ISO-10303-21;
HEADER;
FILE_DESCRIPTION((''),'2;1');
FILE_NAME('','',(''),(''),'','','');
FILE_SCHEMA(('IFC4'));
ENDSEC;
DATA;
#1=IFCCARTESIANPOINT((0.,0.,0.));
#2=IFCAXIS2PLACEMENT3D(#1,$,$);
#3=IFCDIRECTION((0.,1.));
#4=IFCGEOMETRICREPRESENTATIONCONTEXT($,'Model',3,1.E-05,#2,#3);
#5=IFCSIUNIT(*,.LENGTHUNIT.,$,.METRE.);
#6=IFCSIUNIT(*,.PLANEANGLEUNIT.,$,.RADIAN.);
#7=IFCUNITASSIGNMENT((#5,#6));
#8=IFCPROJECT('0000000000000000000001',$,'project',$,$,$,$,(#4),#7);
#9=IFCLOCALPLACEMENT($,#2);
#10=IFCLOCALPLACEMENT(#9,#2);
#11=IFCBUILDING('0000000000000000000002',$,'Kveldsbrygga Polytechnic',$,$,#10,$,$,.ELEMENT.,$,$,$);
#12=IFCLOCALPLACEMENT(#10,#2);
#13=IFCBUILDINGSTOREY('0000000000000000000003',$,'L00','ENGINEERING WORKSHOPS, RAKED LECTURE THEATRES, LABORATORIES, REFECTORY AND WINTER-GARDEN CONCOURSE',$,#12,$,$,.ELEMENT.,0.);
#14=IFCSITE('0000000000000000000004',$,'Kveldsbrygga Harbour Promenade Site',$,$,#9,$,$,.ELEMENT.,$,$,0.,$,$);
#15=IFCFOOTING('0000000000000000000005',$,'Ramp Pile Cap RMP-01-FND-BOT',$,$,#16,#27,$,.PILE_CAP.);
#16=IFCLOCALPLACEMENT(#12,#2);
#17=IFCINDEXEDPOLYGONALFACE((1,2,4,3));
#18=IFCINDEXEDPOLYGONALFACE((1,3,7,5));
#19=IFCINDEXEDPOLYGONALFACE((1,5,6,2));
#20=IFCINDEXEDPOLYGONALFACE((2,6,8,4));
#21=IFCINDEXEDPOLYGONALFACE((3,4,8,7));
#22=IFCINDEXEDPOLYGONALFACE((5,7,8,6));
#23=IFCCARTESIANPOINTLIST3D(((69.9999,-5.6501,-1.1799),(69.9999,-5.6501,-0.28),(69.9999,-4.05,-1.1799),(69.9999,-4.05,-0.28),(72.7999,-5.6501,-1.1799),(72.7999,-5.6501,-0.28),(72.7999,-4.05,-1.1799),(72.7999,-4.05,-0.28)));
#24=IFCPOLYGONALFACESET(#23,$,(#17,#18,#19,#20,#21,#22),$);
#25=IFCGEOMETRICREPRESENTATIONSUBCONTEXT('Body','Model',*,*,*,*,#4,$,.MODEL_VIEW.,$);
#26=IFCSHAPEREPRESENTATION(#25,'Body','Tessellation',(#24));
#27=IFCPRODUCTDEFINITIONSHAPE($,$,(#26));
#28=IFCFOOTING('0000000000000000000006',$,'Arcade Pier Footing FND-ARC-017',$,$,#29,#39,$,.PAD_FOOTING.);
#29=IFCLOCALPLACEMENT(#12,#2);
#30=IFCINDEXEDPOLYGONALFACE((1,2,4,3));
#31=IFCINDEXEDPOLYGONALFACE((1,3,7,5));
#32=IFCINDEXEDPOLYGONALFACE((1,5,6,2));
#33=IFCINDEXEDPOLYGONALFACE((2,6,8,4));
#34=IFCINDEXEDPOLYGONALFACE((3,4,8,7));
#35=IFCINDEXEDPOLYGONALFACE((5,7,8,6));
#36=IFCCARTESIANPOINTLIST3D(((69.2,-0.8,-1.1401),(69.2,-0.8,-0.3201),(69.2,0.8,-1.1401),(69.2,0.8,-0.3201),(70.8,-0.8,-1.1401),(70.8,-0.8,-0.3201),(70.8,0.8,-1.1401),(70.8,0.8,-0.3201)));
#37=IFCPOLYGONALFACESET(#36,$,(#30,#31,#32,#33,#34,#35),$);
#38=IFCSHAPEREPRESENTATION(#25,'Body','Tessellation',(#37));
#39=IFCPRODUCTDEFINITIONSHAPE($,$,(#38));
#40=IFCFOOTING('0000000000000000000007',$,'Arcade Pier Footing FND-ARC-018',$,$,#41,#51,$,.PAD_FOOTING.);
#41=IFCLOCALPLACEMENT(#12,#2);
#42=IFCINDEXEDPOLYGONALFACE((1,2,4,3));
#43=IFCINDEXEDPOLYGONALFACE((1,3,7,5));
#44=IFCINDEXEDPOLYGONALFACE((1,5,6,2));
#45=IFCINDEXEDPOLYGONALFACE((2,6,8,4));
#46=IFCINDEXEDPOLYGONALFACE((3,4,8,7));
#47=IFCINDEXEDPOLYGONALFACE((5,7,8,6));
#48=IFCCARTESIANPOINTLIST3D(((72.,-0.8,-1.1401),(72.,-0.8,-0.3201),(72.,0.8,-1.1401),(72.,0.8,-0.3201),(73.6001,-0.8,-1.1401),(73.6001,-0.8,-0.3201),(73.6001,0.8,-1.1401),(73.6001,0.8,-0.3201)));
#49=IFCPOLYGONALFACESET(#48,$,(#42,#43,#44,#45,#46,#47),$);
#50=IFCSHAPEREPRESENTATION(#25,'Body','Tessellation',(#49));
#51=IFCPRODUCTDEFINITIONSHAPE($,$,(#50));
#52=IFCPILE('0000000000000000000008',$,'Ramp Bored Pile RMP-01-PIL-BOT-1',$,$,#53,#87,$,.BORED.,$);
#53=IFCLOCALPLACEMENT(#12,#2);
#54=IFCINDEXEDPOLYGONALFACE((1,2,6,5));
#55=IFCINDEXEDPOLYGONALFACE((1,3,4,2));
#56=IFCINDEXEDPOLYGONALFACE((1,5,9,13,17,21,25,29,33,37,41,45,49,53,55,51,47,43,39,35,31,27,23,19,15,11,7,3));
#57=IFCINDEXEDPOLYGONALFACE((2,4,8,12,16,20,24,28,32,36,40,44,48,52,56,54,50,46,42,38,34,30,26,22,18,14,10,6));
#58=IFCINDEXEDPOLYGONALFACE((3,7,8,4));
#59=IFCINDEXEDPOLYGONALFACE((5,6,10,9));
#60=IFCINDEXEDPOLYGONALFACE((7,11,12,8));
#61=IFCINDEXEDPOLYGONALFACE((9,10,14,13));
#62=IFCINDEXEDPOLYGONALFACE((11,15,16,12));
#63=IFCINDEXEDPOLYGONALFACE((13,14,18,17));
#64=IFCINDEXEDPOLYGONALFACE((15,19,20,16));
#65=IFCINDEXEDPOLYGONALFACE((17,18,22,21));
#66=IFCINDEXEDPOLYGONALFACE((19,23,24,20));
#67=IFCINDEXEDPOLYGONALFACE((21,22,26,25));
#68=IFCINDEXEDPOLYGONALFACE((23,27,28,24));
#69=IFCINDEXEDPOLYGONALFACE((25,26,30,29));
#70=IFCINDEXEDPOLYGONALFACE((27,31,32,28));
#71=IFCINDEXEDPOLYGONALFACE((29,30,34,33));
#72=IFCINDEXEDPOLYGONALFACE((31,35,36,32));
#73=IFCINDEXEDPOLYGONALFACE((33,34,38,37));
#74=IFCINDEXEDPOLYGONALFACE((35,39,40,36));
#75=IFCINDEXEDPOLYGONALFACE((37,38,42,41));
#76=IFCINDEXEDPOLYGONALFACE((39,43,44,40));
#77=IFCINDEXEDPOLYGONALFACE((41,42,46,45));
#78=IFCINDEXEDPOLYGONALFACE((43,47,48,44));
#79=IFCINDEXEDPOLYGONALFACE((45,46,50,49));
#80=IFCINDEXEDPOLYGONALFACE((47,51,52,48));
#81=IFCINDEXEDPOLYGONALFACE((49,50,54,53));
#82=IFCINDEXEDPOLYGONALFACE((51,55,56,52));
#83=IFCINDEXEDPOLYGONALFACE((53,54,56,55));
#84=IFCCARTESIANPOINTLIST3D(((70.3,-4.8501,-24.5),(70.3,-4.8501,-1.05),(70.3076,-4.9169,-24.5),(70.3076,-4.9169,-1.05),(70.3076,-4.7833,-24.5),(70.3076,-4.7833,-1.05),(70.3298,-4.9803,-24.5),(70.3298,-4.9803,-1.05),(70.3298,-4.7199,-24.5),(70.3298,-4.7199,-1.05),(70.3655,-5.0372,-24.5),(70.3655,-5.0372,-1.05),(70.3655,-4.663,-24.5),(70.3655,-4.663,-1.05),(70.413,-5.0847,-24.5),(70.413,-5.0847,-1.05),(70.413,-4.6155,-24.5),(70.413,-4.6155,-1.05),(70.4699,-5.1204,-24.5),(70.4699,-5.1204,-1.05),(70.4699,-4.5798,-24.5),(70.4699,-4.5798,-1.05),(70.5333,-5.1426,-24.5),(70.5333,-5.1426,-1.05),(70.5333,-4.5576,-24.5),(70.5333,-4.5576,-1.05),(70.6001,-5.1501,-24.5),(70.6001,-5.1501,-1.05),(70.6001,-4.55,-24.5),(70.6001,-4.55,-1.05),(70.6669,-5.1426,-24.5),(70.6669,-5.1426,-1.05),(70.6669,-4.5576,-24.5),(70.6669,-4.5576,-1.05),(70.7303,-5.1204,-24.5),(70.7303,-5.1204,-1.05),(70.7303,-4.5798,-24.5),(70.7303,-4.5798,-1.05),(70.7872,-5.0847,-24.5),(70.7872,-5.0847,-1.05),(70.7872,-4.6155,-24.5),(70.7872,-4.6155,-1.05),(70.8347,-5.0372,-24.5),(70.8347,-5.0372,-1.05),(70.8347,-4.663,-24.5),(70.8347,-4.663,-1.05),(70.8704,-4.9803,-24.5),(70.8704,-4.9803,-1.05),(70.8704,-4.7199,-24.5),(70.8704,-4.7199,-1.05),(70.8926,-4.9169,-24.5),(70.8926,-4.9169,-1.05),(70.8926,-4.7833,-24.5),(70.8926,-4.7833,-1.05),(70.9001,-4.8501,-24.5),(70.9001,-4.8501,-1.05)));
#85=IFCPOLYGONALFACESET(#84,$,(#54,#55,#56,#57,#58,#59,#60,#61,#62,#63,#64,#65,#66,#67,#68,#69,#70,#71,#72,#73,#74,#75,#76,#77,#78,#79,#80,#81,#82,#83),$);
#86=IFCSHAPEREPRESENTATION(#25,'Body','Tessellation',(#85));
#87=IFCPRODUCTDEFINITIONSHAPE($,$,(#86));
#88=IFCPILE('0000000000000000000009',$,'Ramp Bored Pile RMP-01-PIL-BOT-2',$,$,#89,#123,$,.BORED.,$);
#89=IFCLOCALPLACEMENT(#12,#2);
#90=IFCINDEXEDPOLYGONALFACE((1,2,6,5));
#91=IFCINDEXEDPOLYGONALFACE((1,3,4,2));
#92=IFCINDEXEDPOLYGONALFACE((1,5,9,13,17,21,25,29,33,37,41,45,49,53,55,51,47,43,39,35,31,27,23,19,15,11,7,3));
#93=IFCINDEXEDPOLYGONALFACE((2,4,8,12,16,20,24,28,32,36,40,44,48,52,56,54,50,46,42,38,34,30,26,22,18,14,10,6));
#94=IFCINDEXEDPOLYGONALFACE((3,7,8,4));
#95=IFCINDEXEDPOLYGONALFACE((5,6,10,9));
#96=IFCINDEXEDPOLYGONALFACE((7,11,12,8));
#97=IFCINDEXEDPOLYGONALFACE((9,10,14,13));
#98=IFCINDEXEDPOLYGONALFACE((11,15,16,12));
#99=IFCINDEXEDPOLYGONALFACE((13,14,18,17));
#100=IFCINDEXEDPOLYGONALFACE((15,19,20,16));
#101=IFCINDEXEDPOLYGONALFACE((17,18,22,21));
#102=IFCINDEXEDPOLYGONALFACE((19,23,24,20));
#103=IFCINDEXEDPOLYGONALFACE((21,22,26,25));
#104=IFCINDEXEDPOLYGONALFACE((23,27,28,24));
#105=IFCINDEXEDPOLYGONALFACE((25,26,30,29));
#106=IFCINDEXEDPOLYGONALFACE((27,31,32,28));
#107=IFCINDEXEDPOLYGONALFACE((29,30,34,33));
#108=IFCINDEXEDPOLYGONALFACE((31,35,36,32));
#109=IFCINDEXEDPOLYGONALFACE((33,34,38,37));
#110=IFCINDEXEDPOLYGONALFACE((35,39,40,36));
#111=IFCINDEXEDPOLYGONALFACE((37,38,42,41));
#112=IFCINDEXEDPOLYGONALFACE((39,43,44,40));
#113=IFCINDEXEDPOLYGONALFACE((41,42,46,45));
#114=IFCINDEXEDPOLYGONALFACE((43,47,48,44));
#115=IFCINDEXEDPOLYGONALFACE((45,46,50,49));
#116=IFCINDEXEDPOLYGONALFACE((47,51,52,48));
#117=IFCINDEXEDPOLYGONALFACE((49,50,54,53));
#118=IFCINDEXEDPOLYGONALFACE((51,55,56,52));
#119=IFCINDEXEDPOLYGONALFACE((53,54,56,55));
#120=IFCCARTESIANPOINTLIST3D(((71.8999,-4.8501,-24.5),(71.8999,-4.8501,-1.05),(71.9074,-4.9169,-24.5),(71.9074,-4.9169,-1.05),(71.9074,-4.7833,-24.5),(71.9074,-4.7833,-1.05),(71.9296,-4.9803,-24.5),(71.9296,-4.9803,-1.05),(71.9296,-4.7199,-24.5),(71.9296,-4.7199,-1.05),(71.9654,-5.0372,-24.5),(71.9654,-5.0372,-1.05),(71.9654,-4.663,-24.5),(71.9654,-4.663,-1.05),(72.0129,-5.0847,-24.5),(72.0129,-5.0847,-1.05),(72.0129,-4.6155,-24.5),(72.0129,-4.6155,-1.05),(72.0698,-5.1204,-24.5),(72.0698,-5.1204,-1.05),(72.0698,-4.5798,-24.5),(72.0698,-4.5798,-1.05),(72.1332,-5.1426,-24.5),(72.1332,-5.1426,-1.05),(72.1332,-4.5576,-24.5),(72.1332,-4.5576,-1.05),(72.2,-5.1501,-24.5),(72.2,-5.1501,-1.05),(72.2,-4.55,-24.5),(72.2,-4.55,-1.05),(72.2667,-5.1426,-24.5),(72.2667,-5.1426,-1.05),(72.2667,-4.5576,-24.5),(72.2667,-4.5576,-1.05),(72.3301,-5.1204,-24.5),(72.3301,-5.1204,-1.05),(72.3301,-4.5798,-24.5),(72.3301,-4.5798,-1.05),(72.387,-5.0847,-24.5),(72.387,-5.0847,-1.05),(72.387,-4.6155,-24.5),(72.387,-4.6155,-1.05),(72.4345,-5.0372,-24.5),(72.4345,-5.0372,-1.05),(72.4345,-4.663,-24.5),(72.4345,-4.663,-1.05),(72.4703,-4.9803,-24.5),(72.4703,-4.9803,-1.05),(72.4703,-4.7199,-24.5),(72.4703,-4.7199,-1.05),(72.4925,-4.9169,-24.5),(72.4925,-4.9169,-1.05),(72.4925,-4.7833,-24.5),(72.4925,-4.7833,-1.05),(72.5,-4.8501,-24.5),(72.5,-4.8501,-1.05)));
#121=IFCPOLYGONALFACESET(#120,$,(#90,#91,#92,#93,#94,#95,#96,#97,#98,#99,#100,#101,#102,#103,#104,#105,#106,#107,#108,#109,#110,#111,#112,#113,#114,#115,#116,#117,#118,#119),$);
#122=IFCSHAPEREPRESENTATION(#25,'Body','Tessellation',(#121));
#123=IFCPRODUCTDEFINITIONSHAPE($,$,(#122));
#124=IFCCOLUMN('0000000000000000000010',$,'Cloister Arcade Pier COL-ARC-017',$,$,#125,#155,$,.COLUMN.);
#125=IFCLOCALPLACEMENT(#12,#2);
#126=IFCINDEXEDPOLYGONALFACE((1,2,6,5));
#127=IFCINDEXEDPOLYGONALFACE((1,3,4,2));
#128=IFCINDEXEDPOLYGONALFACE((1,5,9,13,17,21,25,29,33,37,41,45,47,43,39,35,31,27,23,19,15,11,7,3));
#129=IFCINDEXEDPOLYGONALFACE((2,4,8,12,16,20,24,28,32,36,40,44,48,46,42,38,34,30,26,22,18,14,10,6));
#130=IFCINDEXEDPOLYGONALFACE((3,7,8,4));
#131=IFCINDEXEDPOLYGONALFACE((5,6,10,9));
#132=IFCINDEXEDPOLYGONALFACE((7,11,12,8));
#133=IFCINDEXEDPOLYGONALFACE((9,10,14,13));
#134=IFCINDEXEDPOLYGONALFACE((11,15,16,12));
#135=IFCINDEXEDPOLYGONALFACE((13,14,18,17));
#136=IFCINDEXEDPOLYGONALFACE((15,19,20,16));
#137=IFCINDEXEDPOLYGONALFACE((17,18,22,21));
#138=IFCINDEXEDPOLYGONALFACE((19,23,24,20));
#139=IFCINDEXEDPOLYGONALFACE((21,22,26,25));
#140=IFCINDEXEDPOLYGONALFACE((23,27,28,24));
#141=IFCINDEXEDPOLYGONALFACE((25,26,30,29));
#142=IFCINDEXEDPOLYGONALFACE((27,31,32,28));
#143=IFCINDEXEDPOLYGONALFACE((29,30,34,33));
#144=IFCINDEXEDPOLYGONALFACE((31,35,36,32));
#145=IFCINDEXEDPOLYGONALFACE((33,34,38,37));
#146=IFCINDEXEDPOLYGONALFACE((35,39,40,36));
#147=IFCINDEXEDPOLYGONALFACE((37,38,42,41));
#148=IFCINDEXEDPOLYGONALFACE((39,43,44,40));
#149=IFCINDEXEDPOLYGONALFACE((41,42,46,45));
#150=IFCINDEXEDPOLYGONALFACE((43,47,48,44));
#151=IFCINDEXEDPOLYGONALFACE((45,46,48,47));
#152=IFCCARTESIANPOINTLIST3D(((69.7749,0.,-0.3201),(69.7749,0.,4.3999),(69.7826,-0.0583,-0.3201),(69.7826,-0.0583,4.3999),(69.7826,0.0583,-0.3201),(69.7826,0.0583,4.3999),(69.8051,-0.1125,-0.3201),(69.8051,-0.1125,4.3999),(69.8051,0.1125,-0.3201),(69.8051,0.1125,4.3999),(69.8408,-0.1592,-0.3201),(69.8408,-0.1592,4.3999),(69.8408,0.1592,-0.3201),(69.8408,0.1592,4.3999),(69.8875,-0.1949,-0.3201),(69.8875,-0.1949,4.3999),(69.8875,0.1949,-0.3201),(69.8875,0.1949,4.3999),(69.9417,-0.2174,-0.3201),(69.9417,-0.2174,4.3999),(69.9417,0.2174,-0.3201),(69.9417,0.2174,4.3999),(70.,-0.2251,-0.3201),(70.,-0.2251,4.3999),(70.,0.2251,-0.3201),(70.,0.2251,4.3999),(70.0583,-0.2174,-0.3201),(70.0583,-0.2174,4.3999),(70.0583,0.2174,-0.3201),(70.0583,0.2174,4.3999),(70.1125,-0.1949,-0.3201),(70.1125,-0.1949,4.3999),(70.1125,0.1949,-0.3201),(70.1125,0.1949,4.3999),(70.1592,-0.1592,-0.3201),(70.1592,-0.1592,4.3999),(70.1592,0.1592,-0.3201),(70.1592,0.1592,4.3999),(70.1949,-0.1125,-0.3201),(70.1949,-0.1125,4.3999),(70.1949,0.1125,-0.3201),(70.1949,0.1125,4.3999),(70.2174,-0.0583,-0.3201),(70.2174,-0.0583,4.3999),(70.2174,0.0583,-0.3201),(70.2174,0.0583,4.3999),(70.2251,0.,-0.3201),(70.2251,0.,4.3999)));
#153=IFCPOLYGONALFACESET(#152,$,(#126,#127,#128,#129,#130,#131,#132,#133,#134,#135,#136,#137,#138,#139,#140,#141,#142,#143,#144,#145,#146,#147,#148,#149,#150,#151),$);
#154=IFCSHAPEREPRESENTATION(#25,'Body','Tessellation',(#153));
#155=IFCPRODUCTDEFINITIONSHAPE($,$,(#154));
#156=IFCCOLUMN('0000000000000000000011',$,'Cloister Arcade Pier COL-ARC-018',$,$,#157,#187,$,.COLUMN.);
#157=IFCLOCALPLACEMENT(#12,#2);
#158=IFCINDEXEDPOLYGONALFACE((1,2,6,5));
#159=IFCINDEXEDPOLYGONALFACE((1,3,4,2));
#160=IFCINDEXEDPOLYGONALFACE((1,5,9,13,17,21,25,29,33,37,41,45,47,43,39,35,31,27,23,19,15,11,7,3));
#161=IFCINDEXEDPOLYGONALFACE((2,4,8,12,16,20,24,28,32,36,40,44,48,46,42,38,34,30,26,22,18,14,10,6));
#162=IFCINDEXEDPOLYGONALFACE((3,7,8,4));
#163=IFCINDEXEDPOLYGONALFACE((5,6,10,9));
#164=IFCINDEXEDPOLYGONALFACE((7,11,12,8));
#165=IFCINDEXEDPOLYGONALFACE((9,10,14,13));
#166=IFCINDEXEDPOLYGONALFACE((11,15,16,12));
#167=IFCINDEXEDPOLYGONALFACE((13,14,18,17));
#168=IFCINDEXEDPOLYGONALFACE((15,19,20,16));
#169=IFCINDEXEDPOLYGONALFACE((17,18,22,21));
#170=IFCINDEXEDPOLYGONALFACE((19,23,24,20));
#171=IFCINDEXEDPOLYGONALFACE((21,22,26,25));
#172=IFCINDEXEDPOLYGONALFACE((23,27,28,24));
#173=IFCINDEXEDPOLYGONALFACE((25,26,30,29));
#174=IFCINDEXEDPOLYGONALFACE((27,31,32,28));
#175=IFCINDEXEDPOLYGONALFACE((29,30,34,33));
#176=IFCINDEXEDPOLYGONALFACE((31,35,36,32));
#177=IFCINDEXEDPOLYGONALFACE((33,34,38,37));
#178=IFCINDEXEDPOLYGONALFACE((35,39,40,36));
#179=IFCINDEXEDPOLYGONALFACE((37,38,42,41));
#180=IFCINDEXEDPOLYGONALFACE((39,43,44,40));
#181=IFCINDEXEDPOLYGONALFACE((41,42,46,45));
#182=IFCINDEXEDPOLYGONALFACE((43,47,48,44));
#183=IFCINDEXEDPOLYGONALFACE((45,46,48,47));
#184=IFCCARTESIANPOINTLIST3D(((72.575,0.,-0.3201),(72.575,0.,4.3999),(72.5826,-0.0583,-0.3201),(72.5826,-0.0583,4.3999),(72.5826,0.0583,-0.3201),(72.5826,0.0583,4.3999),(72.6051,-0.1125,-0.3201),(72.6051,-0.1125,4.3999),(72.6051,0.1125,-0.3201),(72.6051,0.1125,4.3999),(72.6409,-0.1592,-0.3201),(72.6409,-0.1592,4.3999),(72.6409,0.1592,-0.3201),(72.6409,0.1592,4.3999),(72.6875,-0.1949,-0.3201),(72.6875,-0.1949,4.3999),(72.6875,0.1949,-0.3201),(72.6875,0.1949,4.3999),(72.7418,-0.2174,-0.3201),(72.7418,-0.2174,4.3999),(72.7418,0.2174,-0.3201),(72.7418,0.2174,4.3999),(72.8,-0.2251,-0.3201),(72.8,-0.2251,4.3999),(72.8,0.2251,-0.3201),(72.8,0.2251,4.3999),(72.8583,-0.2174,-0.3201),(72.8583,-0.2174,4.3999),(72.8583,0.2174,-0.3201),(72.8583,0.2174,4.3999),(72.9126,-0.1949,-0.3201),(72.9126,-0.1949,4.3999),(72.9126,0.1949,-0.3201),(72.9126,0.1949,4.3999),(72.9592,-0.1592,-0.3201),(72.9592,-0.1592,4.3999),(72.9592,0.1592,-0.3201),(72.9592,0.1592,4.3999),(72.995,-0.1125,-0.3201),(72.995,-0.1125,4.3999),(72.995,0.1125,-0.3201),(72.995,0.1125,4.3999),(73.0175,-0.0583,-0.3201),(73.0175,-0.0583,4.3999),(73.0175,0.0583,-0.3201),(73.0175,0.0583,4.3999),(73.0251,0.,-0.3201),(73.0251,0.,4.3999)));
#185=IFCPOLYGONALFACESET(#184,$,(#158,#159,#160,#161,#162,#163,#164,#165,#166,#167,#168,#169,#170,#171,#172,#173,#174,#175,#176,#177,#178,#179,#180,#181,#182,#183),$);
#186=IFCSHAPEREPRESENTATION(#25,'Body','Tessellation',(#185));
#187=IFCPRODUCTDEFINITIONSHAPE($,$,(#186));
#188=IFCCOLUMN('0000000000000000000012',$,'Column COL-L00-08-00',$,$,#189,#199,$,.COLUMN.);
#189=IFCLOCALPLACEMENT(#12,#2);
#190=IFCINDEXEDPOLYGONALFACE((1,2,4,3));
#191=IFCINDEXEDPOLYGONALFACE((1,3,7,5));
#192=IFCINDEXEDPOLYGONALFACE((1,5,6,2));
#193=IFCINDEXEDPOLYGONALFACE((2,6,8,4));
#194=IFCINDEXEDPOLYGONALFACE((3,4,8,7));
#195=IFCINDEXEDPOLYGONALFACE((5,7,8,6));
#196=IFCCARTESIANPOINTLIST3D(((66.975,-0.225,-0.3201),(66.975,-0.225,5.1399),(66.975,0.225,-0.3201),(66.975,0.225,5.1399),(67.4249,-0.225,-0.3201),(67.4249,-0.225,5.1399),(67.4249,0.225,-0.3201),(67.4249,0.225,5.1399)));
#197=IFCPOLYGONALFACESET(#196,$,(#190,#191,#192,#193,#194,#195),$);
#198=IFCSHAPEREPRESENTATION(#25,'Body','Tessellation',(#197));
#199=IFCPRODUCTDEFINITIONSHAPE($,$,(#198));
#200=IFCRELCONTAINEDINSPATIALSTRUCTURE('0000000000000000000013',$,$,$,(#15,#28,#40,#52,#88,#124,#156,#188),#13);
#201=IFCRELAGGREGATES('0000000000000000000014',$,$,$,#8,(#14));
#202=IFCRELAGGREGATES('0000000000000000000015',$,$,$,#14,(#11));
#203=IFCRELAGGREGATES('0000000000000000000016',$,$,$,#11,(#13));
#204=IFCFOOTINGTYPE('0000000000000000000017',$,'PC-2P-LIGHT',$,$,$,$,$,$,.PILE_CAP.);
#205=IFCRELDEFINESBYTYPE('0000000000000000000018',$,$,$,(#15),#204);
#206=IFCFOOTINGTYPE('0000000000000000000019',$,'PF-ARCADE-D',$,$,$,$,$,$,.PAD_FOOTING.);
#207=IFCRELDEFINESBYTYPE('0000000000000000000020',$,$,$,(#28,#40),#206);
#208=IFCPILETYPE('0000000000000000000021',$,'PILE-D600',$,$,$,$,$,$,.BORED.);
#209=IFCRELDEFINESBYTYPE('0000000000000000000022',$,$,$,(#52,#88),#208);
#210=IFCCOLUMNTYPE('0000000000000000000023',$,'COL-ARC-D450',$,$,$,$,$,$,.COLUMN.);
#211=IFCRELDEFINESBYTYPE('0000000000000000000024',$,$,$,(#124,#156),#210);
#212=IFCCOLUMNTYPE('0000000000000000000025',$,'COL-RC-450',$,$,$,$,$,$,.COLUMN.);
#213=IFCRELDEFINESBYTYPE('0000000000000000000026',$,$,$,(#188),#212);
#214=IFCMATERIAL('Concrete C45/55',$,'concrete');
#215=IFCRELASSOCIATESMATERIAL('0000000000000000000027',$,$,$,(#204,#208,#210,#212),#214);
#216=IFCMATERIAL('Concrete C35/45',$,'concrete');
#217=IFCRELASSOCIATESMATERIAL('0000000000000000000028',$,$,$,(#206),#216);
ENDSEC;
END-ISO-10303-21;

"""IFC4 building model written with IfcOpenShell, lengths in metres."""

from ifc_helpers import new_model, si_unit, direction, frame, origin, origin_2d, place, context, subcontext, project, spatial, rectangle, circle, extrude, material, material_profile, profile_set, type_object, element, save


model = new_model("IFC4")

# Units and contexts
model_context = context("Model", 3, precision=1e-05, world=origin(), true_north=direction((0.0, 1.0)))
body_context = subcontext(model_context, "Body", "Model", "MODEL_VIEW")
ifc_project = project(units=[si_unit("LENGTHUNIT", "METRE"), si_unit("PLANEANGLEUNIT", "RADIAN")], contexts=[model_context])

# Site, building, storey
site_placement = place(None, origin())
site = spatial("IfcSite", under=ifc_project, at=site_placement, Name="Kveldsbrygga Harbour Promenade Site", CompositionType="ELEMENT", RefElevation=0.0)
building_placement = place(site_placement, origin())
building = spatial("IfcBuilding", under=site, at=building_placement, Name="Kveldsbrygga Polytechnic", CompositionType="ELEMENT")
storey_placement = place(building_placement, origin())
storey = spatial("IfcBuildingStorey", under=building, at=storey_placement, Name="L00", Description="ENGINEERING WORKSHOPS, RAKED LECTURE THEATRES, LABORATORIES, REFECTORY AND WINTER-GARDEN CONCOURSE", CompositionType="ELEMENT", Elevation=0.0)

# Footings
ifc_material_1 = material(Name="Concrete C45/55", Category="concrete")
footing_type_1 = type_object("IfcFootingType", Name="PC-2P-LIGHT", PredefinedType="PILE_CAP", material=ifc_material_1)
footing_placement = place(storey_placement, frame((71.3999, -4.8501, -1.1799), z_axis=(0.0, 0.0, 1.0), x_axis=(1.0, 0.0, 0.0)))
element("IfcFooting", 1, at=footing_placement, inside=storey, type_object=footing_type_1, Name="Ramp Pile Cap RMP-01-FND-BOT", PredefinedType="PILE_CAP", context=body_context, shape_type="SweptSolid", body=[
    extrude(rectangle(XDim=2.8, YDim=1.6001, at=origin_2d()), origin(), (0.0, 0.0, 1.0), 0.8999),
])
ifc_material_2 = material(Name="Concrete C35/45", Category="concrete")
footing_type_2 = type_object("IfcFootingType", Name="PF-ARCADE-D", PredefinedType="PAD_FOOTING", material=ifc_material_2)
for number, where, z_axis, x_axis, name in (
    (2, (70.0, 0.0, -1.1401), (0.0, 0.0, 1.0), (1.0, 0.0, 0.0), "Arcade Pier Footing FND-ARC-017"),
    (3, (72.8, 0.0, -1.1401), (0.0, 0.0, 1.0), (1.0, 0.0, 0.0), "Arcade Pier Footing FND-ARC-018"),
):
    element("IfcFooting", number, at=place(storey_placement, frame(where, z_axis=z_axis, x_axis=x_axis)), inside=storey, type_object=footing_type_2, Name=name, PredefinedType="PAD_FOOTING", context=body_context, shape_type="SweptSolid", body=[
        extrude(rectangle(XDim=1.6001, YDim=1.6001, at=origin_2d()), origin(), (0.0, 0.0, 1.0), 0.8201),
    ])

# Piles
ifc_material_profile_1 = material_profile(ifc_material_1, circle(Radius=0.3, at=origin_2d()), Name="PILE D600")
ifc_profile_set_1 = profile_set([ifc_material_profile_1], Name="Concrete C45/55")
pile_type = type_object("IfcPileType", Name="PILE-D600", PredefinedType="BORED", material=ifc_profile_set_1)
for number, where, z_axis, x_axis, name in (
    (4, (70.6001, -4.8501, -1.05), (0.0, 0.0, -1.0), (1.0, 0.0, 0.0), "Ramp Bored Pile RMP-01-PIL-BOT-1"),
    (5, (72.2, -4.8501, -1.05), (0.0, 0.0, -1.0), (1.0, 0.0, 0.0), "Ramp Bored Pile RMP-01-PIL-BOT-2"),
):
    element("IfcPile", number, at=place(storey_placement, frame(where, z_axis=z_axis, x_axis=x_axis)), inside=storey, type_object=pile_type, Name=name, PredefinedType="BORED", context=body_context, shape_type="SweptSolid", body=[
        extrude(circle(Radius=0.3, at=origin_2d()), origin(), (0.0, 0.0, 1.0), 23.45),
    ])

# Columns
ifc_material_profile_2 = material_profile(ifc_material_1, circle(Radius=0.2251, at=origin_2d()), Name="RC D450")
ifc_profile_set_2 = profile_set([ifc_material_profile_2], Name="Concrete C45/55")
column_type_1 = type_object("IfcColumnType", Name="COL-ARC-D450", PredefinedType="COLUMN", material=ifc_profile_set_2)
for number, where, z_axis, x_axis, name in (
    (6, (70.0, 0.0, -0.3201), (0.0, 0.0, 1.0), (1.0, 0.0, 0.0), "Cloister Arcade Pier COL-ARC-017"),
    (7, (72.8, 0.0, -0.3201), (0.0, 0.0, 1.0), (1.0, 0.0, 0.0), "Cloister Arcade Pier COL-ARC-018"),
):
    element("IfcColumn", number, at=place(storey_placement, frame(where, z_axis=z_axis, x_axis=x_axis)), inside=storey, type_object=column_type_1, Name=name, PredefinedType="COLUMN", context=body_context, shape_type="SweptSolid", body=[
        extrude(circle(Radius=0.2251, at=origin_2d()), origin(), (0.0, 0.0, 1.0), 4.72),
    ])
ifc_material_profile_3 = material_profile(ifc_material_1, rectangle(XDim=0.45, YDim=0.45, at=origin_2d()), Name="RC 450x450")
ifc_profile_set_3 = profile_set([ifc_material_profile_3], Name="Concrete C45/55")
column_type_2 = type_object("IfcColumnType", Name="COL-RC-450", PredefinedType="COLUMN", material=ifc_profile_set_3)
column_1_placement = place(storey_placement, frame((67.2, 0.0, -0.3201), z_axis=(0.0, 0.0, 1.0), x_axis=(1.0, 0.0, 0.0)))
element("IfcColumn", 8, at=column_1_placement, inside=storey, type_object=column_type_2, Name="Column COL-L00-08-00", PredefinedType="COLUMN", context=body_context, shape_type="SweptSolid", body=[
    extrude(rectangle(XDim=0.45, YDim=0.45, at=origin_2d()), origin(), (0.0, 0.0, 1.0), 5.46),
])

save(model, "model.ifc")
